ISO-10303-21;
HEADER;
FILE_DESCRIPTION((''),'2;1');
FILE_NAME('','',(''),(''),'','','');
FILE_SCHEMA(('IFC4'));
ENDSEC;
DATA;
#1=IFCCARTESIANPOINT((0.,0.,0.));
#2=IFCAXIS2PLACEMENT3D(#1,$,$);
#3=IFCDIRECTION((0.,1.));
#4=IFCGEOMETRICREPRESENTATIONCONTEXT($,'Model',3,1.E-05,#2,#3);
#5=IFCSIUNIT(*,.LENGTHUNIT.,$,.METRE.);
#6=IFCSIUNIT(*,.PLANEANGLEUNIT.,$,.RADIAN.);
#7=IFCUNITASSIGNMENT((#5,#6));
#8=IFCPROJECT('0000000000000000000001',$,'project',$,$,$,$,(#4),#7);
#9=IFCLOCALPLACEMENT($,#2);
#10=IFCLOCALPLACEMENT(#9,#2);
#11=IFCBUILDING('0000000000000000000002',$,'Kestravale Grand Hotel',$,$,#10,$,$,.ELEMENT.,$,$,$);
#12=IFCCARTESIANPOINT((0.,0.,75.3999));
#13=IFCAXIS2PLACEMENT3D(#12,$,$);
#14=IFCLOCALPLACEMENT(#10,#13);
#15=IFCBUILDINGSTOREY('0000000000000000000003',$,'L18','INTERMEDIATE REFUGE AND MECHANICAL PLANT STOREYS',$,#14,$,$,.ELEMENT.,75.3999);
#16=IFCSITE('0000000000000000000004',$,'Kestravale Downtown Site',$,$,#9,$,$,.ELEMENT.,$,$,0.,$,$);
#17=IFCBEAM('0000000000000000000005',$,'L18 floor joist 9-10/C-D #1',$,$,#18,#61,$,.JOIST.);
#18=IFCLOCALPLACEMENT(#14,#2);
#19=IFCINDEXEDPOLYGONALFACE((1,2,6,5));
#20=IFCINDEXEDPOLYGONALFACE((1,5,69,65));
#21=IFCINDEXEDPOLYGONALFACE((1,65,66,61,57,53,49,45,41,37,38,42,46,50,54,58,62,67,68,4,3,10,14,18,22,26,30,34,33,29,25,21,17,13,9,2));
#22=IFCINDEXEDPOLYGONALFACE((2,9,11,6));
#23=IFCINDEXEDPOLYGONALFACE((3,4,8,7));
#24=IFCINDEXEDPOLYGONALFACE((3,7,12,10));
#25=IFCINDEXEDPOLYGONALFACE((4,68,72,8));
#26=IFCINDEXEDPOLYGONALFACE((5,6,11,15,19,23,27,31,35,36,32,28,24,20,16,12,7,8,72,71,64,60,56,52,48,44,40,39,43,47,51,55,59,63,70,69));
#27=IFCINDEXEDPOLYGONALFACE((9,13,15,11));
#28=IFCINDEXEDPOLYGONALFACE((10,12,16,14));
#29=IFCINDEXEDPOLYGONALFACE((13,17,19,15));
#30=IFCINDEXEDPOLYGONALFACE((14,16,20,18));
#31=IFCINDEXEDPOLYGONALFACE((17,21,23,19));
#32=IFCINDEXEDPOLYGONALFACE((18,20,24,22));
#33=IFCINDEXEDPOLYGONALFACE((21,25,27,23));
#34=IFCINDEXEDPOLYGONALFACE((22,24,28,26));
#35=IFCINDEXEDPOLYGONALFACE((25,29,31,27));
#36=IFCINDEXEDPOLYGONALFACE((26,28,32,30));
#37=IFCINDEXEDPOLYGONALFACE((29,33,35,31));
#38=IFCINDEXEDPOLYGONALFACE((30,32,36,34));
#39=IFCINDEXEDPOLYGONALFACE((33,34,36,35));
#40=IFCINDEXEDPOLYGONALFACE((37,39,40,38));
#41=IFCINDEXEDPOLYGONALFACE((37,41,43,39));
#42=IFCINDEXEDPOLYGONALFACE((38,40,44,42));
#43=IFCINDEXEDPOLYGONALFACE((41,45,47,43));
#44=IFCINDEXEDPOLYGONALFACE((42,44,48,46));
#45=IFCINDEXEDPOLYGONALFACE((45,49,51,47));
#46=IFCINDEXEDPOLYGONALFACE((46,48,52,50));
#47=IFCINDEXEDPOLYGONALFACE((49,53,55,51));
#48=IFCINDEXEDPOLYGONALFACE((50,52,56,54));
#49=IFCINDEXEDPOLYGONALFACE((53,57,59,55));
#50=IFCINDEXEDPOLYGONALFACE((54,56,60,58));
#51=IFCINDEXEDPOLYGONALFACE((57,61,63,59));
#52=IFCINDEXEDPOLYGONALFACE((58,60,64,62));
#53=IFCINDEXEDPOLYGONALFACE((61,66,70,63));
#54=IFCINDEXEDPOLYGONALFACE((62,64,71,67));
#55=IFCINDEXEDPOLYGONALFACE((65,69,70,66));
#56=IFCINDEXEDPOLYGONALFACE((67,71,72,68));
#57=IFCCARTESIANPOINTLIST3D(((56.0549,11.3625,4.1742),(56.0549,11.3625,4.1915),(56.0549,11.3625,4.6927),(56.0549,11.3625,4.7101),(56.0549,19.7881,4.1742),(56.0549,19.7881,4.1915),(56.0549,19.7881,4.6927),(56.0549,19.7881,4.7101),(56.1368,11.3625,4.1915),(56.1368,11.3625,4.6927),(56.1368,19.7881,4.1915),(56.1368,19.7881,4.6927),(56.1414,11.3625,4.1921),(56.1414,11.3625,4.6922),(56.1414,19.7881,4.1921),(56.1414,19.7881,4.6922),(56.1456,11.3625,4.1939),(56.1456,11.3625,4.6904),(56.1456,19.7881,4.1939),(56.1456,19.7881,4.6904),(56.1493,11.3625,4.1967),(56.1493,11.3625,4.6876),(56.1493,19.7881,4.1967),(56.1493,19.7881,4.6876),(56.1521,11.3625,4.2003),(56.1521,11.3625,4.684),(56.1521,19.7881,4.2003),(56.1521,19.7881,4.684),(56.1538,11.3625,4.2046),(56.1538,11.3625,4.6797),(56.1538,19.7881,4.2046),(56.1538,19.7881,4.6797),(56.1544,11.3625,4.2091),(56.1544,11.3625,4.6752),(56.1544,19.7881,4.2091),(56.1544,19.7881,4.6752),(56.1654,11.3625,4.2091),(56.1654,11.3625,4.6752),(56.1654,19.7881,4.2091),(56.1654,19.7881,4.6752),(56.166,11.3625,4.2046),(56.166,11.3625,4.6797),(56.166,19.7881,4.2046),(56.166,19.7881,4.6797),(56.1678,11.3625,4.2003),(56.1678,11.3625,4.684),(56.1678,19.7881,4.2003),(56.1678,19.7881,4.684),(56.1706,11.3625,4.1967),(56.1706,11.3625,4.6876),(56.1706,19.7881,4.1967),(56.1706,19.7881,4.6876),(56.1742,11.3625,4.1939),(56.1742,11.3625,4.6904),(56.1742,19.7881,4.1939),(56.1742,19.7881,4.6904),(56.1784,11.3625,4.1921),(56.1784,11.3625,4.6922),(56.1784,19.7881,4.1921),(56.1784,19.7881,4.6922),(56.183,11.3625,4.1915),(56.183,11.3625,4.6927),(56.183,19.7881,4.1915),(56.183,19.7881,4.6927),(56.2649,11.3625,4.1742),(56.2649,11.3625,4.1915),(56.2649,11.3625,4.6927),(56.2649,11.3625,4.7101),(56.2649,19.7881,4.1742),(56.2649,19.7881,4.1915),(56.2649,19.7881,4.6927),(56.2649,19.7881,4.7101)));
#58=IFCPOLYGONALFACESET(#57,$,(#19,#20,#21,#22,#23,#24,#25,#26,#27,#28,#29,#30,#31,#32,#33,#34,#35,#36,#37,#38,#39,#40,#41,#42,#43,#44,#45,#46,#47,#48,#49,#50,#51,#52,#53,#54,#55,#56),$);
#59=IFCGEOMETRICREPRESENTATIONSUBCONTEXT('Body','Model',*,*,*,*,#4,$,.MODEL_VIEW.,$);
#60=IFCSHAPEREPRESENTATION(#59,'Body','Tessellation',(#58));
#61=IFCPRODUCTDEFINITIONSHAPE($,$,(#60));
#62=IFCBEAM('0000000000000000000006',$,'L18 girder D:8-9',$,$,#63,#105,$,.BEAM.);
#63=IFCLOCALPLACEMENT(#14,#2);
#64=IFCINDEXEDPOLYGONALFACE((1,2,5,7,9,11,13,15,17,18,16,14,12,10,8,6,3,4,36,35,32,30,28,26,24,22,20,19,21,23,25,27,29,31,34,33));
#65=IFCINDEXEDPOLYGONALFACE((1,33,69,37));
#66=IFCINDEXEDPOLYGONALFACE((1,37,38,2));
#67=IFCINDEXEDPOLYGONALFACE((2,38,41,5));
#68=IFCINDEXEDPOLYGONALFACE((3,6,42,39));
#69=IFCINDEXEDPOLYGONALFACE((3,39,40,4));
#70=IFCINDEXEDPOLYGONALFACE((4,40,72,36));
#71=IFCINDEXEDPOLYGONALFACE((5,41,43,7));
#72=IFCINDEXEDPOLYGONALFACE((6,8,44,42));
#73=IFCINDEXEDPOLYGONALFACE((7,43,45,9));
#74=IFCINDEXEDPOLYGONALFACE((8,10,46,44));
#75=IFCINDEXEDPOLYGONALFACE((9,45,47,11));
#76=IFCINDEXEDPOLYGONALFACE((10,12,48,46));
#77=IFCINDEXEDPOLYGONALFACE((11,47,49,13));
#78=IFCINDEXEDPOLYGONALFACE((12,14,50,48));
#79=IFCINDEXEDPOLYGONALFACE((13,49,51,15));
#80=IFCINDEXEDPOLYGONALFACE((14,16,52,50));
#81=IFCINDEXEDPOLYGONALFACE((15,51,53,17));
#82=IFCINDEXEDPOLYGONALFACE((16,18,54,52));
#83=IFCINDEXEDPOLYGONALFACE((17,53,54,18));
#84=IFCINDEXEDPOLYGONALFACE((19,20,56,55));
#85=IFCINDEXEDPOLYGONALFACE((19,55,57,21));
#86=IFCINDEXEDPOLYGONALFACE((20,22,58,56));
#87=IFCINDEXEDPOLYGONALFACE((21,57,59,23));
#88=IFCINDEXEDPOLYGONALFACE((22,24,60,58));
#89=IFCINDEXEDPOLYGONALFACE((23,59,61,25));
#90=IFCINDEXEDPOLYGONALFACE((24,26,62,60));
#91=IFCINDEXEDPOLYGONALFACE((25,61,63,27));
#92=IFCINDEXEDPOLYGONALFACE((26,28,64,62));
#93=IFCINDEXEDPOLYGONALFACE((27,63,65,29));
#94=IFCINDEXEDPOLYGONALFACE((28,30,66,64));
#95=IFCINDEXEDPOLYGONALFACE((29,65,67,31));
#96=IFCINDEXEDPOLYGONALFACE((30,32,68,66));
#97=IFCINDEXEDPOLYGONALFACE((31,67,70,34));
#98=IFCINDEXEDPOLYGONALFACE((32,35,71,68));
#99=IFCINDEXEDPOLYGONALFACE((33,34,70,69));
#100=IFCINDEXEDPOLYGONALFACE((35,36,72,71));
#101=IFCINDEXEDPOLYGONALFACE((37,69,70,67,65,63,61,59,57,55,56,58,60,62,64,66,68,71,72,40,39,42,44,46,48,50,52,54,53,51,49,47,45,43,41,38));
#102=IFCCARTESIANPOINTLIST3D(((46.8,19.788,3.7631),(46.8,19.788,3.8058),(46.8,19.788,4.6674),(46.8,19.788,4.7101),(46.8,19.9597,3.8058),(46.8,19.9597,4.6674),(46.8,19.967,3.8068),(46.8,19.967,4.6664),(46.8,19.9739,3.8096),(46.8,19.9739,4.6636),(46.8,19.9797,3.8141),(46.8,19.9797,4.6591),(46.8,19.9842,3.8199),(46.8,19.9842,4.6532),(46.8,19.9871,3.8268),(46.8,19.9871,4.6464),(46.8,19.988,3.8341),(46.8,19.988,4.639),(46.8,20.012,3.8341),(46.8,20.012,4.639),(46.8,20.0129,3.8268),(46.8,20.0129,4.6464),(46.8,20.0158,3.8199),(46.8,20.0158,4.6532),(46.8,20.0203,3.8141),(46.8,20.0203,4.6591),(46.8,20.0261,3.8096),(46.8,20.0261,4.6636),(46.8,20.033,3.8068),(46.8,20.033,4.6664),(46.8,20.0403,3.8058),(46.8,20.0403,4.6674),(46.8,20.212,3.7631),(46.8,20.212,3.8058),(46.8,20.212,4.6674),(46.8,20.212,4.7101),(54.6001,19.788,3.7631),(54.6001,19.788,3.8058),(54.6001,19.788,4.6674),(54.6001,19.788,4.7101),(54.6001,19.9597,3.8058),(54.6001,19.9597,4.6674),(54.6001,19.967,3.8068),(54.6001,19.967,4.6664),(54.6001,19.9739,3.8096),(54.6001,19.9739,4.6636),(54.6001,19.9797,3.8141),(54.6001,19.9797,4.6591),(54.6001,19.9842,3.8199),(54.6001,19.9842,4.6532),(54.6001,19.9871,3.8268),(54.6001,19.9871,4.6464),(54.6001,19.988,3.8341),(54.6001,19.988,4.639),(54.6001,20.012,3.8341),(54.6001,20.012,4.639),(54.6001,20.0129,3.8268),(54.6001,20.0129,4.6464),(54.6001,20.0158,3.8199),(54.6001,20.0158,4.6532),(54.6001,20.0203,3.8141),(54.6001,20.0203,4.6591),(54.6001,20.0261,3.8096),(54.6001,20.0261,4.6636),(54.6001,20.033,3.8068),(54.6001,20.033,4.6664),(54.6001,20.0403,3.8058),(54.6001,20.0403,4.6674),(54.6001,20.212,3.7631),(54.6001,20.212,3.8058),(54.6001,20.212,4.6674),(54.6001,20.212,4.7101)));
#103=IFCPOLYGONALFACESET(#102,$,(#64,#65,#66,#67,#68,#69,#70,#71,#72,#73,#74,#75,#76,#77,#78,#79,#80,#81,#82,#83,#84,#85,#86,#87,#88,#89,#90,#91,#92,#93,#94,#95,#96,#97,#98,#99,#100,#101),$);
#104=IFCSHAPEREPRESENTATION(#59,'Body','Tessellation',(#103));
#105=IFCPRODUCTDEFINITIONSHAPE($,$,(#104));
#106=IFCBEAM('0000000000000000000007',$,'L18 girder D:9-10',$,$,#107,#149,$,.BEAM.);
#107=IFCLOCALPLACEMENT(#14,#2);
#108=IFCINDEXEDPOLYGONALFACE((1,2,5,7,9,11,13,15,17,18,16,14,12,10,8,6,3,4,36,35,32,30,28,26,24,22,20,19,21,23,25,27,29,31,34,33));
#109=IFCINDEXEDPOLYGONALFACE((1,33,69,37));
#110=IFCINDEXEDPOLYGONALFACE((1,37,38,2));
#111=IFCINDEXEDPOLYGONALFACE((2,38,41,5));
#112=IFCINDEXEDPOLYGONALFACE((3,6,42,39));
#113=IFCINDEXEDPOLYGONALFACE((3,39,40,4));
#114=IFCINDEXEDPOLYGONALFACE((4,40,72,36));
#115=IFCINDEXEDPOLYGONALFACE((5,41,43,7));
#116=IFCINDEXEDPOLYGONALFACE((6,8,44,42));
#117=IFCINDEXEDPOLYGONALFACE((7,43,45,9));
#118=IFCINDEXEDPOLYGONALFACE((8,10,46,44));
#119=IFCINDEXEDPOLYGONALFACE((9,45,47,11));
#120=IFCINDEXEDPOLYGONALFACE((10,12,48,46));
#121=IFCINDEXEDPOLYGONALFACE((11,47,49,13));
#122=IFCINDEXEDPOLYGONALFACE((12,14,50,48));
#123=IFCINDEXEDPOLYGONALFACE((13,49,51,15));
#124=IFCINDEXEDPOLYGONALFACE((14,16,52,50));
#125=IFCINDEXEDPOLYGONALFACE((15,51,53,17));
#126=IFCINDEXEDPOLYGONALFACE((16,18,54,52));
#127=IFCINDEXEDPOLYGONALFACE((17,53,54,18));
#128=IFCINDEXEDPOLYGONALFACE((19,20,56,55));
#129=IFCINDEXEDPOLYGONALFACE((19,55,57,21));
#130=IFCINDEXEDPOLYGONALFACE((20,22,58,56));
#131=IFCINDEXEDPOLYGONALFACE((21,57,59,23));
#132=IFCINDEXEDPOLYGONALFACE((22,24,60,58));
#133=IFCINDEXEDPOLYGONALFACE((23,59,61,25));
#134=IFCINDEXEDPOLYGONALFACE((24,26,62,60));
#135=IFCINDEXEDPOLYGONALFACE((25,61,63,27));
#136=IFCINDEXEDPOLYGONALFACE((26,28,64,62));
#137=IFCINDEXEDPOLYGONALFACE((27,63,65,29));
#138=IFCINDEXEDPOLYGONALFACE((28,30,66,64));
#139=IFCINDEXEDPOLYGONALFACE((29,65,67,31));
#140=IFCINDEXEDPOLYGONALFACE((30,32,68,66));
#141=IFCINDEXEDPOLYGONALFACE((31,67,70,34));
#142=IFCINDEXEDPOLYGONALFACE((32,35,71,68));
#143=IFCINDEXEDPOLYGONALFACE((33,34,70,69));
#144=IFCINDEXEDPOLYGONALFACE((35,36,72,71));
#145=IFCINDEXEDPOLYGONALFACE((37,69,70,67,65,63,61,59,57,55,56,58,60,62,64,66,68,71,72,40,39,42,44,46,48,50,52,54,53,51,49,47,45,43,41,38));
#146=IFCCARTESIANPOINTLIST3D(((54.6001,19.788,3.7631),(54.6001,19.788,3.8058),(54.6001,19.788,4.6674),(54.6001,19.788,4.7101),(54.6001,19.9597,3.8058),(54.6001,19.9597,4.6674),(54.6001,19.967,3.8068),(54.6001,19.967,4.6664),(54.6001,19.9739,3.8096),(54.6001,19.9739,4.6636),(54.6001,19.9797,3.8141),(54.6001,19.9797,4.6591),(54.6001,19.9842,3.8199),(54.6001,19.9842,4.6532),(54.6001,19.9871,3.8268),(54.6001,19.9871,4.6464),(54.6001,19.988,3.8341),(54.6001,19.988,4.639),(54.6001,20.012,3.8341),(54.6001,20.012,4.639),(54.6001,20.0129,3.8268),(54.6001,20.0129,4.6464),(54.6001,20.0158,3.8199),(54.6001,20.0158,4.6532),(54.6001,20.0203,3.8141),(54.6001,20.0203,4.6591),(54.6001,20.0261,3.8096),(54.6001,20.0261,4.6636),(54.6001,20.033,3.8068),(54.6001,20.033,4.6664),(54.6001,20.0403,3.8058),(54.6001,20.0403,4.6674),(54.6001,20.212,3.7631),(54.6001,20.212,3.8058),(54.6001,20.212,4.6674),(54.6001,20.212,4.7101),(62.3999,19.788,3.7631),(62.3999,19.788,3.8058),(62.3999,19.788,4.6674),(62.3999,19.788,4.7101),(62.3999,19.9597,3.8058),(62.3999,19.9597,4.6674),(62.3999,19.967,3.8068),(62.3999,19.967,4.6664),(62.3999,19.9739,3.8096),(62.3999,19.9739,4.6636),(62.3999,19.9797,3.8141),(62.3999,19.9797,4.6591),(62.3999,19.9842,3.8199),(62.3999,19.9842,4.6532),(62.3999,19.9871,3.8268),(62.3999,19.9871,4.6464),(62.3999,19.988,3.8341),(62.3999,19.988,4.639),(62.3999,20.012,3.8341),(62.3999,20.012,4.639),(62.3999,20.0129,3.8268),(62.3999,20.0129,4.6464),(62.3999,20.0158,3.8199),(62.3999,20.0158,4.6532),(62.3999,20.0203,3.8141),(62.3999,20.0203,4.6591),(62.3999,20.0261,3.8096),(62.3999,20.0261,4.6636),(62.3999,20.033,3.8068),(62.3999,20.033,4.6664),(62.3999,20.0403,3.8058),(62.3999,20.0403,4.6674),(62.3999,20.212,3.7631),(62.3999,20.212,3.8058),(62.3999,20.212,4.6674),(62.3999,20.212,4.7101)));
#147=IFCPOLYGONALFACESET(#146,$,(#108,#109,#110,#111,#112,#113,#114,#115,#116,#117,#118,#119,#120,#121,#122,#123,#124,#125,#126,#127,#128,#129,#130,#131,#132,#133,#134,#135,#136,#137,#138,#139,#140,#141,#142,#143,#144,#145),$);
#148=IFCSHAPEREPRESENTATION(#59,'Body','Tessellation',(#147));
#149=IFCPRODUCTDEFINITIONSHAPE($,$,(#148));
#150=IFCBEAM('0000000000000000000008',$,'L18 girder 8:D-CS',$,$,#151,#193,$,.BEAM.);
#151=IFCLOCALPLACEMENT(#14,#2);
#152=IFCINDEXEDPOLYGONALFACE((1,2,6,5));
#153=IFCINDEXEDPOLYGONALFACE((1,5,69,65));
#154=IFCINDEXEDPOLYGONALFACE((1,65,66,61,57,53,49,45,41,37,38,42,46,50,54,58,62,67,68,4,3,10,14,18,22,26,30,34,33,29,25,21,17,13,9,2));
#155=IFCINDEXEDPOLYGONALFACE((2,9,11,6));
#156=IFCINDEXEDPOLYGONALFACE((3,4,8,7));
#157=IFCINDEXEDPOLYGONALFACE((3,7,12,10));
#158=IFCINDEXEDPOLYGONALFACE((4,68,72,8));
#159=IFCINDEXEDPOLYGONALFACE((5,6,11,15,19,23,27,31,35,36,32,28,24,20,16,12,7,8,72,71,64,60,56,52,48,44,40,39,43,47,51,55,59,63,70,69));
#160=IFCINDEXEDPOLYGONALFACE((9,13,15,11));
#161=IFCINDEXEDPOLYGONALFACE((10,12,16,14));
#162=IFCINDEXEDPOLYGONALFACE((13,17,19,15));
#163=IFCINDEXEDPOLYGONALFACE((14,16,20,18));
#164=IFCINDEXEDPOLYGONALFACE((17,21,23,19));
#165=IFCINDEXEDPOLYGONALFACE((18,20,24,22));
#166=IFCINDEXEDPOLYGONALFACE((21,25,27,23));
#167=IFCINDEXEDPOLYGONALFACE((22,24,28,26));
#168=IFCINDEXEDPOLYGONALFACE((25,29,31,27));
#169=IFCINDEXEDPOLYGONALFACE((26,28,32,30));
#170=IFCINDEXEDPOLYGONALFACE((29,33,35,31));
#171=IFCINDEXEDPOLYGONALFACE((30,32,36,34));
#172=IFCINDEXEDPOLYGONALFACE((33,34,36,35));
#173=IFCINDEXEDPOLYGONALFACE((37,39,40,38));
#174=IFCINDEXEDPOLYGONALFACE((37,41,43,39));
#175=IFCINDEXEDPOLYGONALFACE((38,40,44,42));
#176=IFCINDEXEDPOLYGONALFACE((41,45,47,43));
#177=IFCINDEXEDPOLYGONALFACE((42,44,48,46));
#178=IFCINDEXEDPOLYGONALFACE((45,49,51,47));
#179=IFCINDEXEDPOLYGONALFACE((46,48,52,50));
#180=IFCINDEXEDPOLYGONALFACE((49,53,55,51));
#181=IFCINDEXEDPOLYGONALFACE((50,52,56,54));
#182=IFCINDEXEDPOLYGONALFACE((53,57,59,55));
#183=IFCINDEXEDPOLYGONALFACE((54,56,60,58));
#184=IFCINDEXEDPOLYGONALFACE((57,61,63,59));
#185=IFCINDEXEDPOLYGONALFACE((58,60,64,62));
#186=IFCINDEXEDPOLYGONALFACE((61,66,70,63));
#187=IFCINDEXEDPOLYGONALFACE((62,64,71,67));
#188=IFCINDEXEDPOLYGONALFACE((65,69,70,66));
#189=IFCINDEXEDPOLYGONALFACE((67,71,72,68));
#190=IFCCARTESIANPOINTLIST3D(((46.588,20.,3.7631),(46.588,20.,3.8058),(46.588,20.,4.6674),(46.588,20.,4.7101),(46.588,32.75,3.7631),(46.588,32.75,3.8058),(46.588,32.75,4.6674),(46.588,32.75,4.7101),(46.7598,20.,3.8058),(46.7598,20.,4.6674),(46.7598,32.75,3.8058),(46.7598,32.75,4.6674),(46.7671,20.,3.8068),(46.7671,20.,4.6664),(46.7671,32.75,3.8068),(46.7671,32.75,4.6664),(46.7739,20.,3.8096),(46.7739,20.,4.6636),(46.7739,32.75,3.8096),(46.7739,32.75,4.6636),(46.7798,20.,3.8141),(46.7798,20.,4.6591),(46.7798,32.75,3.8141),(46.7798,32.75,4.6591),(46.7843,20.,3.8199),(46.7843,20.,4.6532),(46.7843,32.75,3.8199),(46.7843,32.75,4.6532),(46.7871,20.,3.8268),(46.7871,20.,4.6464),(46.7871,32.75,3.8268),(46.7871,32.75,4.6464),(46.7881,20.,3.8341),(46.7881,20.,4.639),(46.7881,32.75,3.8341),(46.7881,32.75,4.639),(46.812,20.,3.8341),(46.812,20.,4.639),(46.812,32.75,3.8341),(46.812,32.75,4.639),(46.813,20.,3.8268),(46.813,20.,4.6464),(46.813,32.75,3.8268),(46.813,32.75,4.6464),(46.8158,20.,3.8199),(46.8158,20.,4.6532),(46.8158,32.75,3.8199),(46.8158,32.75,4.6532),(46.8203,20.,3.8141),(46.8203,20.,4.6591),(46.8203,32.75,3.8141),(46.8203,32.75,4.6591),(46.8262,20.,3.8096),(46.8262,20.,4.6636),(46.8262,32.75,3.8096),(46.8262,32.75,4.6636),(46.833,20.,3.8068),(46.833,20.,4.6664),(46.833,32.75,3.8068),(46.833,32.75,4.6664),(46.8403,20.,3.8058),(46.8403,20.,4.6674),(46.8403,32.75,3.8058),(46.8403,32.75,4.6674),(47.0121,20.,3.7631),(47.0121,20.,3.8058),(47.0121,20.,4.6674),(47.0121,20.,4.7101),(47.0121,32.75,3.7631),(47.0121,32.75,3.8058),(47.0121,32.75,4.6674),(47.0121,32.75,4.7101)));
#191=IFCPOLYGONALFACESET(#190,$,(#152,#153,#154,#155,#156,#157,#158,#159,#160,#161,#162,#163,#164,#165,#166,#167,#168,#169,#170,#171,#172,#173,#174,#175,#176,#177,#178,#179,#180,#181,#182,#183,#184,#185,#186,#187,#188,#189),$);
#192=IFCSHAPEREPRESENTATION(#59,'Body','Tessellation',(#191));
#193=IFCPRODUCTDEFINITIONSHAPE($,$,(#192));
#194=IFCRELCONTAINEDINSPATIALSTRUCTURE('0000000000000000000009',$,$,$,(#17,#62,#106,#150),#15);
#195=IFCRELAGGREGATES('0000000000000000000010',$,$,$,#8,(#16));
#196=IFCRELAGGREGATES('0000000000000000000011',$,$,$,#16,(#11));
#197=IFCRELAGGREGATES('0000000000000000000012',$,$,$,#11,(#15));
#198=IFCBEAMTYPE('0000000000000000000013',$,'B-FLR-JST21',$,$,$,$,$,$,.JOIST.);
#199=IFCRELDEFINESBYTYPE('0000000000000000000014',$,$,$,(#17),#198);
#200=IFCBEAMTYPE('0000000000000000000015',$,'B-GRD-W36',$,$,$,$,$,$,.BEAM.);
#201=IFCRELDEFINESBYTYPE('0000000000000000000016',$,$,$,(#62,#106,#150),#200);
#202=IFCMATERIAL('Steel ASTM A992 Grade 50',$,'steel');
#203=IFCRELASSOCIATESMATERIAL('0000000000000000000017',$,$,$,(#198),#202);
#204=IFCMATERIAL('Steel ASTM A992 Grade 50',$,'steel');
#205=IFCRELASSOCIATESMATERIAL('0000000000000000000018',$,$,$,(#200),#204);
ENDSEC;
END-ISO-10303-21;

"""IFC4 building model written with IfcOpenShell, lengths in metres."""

from ifc_helpers import new_model, si_unit, direction, frame, origin, origin_2d, place, context, subcontext, project, spatial, i_section, extrude, material, material_profile, profile_set, type_object, element, save


model = new_model("IFC4")

# Units and contexts
model_context = context("Model", 3, precision=1e-05, world=origin(), true_north=direction((0.0, 1.0)))
body_context = subcontext(model_context, "Body", "Model", "MODEL_VIEW")
ifc_project = project(units=[si_unit("LENGTHUNIT", "METRE"), si_unit("PLANEANGLEUNIT", "RADIAN")], contexts=[model_context])

# Site, building, storey
site_placement = place(None, origin())
site = spatial("IfcSite", under=ifc_project, at=site_placement, Name="Kestravale Downtown Site", CompositionType="ELEMENT", RefElevation=0.0)
building_placement = place(site_placement, origin())
building = spatial("IfcBuilding", under=site, at=building_placement, Name="Kestravale Grand Hotel", CompositionType="ELEMENT")
storey_placement = place(building_placement, frame((0.0, 0.0, 75.3999)))
storey = spatial("IfcBuildingStorey", under=building, at=storey_placement, Name="L18", Description="INTERMEDIATE REFUGE AND MECHANICAL PLANT STOREYS", CompositionType="ELEMENT", Elevation=75.3999)

# Beams
ifc_material_1 = material(Name="Steel ASTM A992 Grade 50", Category="steel")
ifc_material_profile_1 = material_profile(ifc_material_1, i_section(OverallWidth=0.21, OverallDepth=0.5359, WebThickness=0.011, FlangeThickness=0.0173, FilletRadius=0.0176, at=origin_2d()))
ifc_profile_set_1 = profile_set([ifc_material_profile_1], Name="Steel ASTM A992 Grade 50")
beam_type_1 = type_object("IfcBeamType", Name="B-FLR-JST21", PredefinedType="JOIST", material=ifc_profile_set_1)
for number, where, z_axis, x_axis, name in (
    (1, (56.1599, 11.3625, 4.4421), (0.0, 1.0, 0.0), (-1.0, 0.0, 0.0), "L18 floor joist 9-10/C-D #1"),
):
    element("IfcBeam", number, at=place(storey_placement, frame(where, z_axis=z_axis, x_axis=x_axis)), inside=storey, type_object=beam_type_1, Name=name, PredefinedType="JOIST", context=body_context, shape_type="SweptSolid", body=[
        extrude(i_section(OverallWidth=0.21, OverallDepth=0.5359, WebThickness=0.011, FlangeThickness=0.0173, FilletRadius=0.0176, at=origin_2d()), origin(), (0.0, 0.0, 1.0), 8.4255),
    ])
ifc_material_2 = material(Name="Steel ASTM A992 Grade 50", Category="steel")
ifc_material_profile_2 = material_profile(ifc_material_2, i_section(OverallWidth=0.4241, OverallDepth=0.947, WebThickness=0.0239, FlangeThickness=0.0427, FilletRadius=0.0283, at=origin_2d()))
ifc_profile_set_2 = profile_set([ifc_material_profile_2], Name="Steel ASTM A992 Grade 50")
beam_type_2 = type_object("IfcBeamType", Name="B-GRD-W36", PredefinedType="BEAM", material=ifc_profile_set_2)
beam_1_placement = place(storey_placement, frame((46.8, 20.0, 4.2366), z_axis=(1.0, 0.0, 0.0), x_axis=(0.0, 1.0, 0.0)))
element("IfcBeam", 2, at=beam_1_placement, inside=storey, type_object=beam_type_2, Name="L18 girder D:8-9", PredefinedType="BEAM", context=body_context, shape_type="SweptSolid", body=[
    extrude(i_section(OverallWidth=0.4241, OverallDepth=0.947, WebThickness=0.0239, FlangeThickness=0.0427, FilletRadius=0.0283, at=origin_2d()), origin(), (0.0, 0.0, 1.0), 7.8),
])
beam_2_placement = place(storey_placement, frame((54.6001, 20.0, 4.2366), z_axis=(1.0, 0.0, 0.0), x_axis=(0.0, 1.0, 0.0)))
element("IfcBeam", 3, at=beam_2_placement, inside=storey, type_object=beam_type_2, Name="L18 girder D:9-10", PredefinedType="BEAM", context=body_context, shape_type="SweptSolid", body=[
    extrude(i_section(OverallWidth=0.4241, OverallDepth=0.947, WebThickness=0.0239, FlangeThickness=0.0427, FilletRadius=0.0283, at=origin_2d()), origin(), (0.0, 0.0, 1.0), 7.7998),
])
beam_3_placement = place(storey_placement, frame((46.8, 20.0, 4.2366), z_axis=(0.0, 1.0, 0.0), x_axis=(-1.0, 0.0, 0.0)))
element("IfcBeam", 4, at=beam_3_placement, inside=storey, type_object=beam_type_2, Name="L18 girder 8:D-CS", PredefinedType="BEAM", context=body_context, shape_type="SweptSolid", body=[
    extrude(i_section(OverallWidth=0.4241, OverallDepth=0.947, WebThickness=0.0239, FlangeThickness=0.0427, FilletRadius=0.0283, at=origin_2d()), origin(), (0.0, 0.0, 1.0), 12.75),
])

save(model, "model.ifc")
